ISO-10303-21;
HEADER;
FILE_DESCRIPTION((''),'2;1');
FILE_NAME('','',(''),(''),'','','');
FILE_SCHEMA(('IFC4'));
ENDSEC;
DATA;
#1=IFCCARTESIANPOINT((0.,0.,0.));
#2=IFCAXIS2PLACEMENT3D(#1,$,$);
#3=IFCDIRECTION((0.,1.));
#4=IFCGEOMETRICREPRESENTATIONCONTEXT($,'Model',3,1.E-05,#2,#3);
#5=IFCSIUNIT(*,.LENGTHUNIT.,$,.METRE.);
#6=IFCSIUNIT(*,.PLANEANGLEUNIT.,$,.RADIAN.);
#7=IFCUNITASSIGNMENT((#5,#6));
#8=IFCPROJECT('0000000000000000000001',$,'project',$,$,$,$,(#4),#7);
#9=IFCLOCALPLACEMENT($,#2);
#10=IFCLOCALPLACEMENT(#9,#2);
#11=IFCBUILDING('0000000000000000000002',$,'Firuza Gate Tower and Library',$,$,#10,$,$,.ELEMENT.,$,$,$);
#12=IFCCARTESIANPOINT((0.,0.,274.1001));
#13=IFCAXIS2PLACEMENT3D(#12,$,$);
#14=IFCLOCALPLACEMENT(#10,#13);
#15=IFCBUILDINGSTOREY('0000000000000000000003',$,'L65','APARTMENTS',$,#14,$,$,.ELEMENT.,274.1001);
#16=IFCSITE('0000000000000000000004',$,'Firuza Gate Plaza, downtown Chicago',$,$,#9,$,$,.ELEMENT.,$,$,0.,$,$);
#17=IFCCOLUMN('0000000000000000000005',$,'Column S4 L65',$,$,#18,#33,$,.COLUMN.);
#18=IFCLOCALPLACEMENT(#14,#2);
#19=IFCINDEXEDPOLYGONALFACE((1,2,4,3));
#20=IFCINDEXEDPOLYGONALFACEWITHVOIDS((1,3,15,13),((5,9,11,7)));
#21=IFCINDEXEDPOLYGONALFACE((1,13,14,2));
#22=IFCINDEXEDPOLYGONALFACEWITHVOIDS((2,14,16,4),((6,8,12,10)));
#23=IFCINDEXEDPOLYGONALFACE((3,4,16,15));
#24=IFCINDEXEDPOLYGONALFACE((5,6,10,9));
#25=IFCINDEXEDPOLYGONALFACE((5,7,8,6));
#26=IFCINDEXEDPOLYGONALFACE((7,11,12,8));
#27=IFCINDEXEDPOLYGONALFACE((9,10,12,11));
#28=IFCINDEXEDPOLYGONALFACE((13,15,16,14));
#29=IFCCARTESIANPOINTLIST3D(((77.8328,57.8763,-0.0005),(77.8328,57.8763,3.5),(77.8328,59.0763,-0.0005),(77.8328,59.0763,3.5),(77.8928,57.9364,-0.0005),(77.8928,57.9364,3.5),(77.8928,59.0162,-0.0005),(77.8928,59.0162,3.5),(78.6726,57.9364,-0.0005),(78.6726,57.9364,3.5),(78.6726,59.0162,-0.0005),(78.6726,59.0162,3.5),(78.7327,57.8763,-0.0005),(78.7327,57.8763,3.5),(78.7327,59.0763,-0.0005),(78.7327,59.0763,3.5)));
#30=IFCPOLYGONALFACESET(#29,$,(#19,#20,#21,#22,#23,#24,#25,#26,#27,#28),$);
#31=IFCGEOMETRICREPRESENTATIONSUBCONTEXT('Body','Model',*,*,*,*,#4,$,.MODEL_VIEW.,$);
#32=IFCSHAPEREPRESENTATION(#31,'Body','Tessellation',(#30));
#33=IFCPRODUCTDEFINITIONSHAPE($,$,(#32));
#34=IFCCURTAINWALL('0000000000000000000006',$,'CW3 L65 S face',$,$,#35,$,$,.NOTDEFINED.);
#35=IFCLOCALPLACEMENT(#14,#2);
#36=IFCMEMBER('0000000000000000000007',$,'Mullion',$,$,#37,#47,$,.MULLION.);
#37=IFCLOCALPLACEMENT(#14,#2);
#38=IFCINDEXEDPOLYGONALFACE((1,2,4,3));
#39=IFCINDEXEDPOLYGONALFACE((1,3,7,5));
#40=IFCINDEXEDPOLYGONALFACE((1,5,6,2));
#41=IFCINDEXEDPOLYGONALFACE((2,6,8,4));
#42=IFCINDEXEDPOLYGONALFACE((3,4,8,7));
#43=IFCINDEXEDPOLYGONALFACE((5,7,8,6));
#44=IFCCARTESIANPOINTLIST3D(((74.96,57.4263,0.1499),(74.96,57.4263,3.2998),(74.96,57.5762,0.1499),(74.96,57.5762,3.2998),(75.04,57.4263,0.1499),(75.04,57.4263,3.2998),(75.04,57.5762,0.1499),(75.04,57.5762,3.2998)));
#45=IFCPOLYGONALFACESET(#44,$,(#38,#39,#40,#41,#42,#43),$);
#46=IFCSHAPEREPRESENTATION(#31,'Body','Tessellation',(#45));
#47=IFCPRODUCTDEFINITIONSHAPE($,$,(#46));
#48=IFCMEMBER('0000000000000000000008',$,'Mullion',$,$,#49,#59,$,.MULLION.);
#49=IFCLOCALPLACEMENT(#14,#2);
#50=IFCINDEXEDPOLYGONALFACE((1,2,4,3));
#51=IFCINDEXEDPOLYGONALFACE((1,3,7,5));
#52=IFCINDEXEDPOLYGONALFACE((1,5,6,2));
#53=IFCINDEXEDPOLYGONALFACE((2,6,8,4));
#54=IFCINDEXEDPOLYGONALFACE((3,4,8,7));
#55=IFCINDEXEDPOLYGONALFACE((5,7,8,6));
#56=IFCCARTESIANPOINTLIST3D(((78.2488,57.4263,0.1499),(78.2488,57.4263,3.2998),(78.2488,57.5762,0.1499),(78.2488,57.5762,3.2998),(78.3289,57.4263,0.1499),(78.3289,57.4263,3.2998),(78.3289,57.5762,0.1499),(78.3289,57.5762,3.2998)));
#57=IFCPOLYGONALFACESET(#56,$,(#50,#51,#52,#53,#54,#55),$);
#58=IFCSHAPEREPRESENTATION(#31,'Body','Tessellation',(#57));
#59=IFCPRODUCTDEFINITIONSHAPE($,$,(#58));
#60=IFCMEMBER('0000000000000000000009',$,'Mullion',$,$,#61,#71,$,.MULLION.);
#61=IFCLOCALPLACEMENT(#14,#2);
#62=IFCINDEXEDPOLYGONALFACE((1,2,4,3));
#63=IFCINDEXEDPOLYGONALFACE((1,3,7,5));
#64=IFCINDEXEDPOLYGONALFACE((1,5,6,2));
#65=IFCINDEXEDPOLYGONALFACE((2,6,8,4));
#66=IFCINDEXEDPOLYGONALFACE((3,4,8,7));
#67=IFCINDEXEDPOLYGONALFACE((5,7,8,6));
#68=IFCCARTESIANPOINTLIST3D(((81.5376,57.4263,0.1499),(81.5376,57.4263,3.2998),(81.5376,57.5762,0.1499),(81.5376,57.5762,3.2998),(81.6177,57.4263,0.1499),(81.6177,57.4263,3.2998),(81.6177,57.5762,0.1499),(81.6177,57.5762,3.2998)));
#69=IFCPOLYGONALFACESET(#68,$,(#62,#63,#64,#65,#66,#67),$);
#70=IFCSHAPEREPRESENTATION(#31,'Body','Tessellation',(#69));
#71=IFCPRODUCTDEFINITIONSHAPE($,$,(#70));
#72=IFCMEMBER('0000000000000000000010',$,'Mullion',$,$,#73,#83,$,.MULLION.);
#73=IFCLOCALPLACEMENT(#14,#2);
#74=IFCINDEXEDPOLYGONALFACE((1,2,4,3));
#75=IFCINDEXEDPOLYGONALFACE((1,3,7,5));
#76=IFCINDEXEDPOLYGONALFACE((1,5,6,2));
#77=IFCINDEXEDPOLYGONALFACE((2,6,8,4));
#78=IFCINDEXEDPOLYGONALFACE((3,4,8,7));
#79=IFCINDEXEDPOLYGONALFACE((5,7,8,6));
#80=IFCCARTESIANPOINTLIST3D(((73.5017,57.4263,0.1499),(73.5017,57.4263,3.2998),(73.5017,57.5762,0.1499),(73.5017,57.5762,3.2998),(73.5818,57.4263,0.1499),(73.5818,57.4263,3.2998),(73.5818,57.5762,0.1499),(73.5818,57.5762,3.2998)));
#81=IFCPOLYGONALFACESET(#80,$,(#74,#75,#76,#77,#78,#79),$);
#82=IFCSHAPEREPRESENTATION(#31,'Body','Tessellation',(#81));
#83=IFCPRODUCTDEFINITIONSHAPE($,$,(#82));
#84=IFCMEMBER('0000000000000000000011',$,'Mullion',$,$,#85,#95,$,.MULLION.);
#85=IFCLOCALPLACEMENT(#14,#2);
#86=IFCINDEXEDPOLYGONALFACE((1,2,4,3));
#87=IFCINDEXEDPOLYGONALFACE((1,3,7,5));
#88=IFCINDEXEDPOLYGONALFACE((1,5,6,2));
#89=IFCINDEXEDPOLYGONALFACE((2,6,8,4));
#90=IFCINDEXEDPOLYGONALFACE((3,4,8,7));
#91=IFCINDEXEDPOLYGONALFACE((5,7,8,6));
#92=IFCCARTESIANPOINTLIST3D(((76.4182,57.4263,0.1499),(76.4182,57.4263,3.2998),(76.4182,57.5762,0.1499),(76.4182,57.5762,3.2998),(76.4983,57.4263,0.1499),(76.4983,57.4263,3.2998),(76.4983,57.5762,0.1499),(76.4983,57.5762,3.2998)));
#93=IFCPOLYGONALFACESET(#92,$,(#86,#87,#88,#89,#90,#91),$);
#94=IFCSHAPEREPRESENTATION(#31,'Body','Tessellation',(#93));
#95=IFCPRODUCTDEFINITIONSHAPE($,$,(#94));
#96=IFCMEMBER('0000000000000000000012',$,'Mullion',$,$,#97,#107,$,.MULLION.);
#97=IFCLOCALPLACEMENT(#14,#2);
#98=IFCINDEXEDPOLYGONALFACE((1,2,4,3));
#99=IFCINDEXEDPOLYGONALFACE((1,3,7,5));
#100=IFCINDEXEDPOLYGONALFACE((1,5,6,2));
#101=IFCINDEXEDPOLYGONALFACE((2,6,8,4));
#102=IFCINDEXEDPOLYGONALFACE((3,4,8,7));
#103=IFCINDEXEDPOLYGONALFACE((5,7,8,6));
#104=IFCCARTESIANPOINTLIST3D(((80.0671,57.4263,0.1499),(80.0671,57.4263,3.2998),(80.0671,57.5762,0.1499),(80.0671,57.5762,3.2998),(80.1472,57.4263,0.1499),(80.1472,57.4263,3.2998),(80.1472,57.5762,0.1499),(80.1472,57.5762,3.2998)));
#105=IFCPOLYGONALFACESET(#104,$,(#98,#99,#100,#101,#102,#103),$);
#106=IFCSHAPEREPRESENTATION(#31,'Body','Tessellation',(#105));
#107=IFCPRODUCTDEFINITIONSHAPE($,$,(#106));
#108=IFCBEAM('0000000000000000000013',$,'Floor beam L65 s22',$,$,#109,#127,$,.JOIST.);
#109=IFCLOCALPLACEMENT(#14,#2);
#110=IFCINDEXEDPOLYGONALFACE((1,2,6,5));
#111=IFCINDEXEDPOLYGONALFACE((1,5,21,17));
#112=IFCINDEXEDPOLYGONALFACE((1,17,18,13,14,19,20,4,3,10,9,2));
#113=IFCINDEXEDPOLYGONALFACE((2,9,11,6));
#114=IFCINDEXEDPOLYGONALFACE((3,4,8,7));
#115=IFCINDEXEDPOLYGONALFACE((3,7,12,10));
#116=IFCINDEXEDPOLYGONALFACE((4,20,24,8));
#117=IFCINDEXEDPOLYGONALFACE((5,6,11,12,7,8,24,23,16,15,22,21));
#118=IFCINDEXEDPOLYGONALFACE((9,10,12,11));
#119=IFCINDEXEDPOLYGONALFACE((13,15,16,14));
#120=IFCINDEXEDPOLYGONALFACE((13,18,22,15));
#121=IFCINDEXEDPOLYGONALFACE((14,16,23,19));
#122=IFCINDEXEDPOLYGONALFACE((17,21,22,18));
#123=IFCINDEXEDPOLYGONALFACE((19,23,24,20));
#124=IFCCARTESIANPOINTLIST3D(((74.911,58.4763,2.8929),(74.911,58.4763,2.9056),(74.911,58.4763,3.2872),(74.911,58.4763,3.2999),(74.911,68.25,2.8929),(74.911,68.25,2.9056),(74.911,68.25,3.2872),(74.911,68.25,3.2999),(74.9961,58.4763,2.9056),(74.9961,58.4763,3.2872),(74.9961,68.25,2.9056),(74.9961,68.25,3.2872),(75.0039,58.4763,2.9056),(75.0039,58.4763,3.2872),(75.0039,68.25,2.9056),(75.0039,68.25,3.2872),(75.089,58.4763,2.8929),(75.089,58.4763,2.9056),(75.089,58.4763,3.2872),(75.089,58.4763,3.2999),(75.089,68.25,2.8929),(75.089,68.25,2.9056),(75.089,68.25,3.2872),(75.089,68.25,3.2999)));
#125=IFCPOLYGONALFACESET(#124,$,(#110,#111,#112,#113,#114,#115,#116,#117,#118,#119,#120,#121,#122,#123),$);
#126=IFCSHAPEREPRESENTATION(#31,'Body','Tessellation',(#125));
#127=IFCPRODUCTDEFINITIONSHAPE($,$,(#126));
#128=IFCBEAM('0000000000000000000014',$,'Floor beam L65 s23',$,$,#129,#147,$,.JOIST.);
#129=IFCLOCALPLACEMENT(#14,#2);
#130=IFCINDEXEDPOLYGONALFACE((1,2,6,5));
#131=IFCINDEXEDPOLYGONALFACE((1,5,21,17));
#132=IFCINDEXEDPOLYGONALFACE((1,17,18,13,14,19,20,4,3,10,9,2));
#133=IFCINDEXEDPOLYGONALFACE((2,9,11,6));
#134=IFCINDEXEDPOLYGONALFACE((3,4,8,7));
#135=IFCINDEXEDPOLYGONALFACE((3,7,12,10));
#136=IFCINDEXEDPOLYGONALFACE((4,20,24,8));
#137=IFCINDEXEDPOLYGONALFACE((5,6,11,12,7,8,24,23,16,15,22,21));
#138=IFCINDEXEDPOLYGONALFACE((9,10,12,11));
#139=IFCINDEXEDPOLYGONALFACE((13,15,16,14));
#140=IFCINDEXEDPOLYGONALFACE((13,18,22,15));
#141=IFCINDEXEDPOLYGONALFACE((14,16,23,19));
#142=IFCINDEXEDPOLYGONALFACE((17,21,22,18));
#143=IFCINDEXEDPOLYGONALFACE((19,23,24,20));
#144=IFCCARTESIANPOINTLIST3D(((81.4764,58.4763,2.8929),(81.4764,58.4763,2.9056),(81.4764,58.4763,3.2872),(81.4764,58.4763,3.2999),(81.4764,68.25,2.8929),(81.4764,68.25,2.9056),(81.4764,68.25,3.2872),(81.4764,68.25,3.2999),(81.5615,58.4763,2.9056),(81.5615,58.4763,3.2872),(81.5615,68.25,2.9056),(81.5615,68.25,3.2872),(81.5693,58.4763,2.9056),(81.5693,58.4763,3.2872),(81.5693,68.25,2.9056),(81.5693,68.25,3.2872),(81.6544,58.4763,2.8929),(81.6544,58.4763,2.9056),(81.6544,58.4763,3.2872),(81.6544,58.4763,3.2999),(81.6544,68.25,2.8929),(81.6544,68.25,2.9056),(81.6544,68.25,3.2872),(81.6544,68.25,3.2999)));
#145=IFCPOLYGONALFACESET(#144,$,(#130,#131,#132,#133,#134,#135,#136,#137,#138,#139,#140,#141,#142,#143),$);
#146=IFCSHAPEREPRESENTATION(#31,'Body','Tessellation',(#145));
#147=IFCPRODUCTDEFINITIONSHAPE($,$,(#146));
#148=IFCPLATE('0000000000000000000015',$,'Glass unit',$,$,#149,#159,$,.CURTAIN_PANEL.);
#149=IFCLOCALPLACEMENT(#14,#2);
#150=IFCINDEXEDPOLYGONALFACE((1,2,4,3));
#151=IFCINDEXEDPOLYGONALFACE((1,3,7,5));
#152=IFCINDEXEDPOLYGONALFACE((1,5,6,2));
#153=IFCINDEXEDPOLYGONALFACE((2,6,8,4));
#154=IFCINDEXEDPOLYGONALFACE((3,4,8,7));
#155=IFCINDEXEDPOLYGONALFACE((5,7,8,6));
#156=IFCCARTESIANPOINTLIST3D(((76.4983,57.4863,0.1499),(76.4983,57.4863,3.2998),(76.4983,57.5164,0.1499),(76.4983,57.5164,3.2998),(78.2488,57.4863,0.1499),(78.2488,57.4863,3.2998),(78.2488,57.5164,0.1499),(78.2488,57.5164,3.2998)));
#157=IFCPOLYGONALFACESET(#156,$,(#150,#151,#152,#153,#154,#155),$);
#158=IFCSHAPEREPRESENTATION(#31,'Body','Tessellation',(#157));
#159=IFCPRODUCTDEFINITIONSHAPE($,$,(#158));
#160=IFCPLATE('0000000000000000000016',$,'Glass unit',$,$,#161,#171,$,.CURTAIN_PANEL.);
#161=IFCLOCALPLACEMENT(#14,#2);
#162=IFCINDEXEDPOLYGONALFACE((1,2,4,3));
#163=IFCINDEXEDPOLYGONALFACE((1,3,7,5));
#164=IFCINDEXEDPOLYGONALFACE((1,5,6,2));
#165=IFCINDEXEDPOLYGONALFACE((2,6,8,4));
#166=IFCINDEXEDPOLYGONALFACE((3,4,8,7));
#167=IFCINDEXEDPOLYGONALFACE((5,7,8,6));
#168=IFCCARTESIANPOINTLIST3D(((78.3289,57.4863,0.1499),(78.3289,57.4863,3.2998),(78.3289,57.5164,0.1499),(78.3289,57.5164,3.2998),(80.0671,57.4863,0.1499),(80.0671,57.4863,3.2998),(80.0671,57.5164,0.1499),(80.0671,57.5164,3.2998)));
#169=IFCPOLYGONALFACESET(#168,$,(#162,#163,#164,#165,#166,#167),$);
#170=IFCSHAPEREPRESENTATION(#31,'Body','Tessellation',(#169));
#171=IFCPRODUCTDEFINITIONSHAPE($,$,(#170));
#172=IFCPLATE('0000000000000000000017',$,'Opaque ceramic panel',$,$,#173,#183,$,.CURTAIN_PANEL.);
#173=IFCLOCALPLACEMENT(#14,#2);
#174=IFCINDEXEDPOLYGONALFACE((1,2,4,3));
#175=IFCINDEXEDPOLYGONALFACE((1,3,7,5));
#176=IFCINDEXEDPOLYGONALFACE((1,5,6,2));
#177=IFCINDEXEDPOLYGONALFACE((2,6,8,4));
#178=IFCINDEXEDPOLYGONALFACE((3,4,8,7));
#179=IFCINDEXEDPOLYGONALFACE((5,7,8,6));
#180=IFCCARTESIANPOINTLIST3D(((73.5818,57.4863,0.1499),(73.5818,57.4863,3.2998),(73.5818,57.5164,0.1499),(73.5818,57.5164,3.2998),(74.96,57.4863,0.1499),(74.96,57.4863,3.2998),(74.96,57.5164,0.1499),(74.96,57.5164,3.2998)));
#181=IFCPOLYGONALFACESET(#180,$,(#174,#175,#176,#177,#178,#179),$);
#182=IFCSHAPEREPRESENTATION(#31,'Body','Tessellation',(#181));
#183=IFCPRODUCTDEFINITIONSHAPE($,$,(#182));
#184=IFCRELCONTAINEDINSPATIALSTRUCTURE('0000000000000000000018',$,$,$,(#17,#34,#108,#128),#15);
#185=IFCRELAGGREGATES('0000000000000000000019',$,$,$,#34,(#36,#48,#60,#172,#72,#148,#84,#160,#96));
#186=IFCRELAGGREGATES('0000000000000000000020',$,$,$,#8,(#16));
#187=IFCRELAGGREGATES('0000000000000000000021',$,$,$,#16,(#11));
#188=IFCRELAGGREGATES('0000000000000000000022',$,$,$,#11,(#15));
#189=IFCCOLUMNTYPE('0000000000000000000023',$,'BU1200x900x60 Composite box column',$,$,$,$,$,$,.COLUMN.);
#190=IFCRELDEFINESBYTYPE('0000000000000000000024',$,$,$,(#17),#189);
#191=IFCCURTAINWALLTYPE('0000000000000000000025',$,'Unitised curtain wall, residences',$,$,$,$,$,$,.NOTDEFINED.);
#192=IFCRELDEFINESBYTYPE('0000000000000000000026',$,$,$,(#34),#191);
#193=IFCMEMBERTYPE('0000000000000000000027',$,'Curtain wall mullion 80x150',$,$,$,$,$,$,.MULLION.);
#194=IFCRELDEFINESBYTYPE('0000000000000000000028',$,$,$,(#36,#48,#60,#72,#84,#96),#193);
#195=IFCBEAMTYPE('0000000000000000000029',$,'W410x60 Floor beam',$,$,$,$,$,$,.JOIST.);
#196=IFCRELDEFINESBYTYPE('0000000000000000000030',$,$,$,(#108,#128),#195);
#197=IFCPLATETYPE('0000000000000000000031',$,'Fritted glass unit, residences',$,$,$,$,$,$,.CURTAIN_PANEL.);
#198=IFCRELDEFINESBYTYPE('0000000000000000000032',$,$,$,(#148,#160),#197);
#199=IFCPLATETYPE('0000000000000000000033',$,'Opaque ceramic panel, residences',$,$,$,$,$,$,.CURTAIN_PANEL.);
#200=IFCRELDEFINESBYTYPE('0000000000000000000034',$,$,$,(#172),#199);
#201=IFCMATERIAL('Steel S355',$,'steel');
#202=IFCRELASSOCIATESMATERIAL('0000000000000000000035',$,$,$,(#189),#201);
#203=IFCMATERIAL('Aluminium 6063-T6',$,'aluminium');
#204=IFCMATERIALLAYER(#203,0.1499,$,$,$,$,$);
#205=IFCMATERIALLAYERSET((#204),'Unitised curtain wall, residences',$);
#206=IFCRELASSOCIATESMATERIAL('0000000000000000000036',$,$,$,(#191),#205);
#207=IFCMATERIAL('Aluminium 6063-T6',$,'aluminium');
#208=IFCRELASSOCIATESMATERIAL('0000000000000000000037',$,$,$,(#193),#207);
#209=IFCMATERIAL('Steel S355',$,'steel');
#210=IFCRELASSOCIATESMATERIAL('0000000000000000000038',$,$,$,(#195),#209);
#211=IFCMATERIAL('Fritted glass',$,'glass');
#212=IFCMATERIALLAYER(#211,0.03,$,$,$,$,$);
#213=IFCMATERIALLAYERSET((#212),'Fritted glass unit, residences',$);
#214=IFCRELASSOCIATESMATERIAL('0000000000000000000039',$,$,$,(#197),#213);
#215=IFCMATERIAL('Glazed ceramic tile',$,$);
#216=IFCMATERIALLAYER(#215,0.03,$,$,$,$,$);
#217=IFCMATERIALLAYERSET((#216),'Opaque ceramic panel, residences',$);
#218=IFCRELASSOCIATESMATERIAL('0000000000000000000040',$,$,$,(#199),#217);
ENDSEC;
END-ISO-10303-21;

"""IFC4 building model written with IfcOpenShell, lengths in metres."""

from ifc_helpers import new_model, si_unit, direction, frame, origin, origin_2d, place, context, subcontext, project, spatial, polyline, rectangle, hollow_rectangle, i_section, outline, extrude, material, layer, layer_set, material_profile, profile_set, type_object, element, aggregate, save


model = new_model("IFC4")

# Units and contexts
model_context = context("Model", 3, precision=1e-05, world=origin(), true_north=direction((0.0, 1.0)))
body_context = subcontext(model_context, "Body", "Model", "MODEL_VIEW")
ifc_project = project(units=[si_unit("LENGTHUNIT", "METRE"), si_unit("PLANEANGLEUNIT", "RADIAN")], contexts=[model_context])

# Site, building, storey
site_placement = place(None, origin())
site = spatial("IfcSite", under=ifc_project, at=site_placement, Name="Firuza Gate Plaza, downtown Chicago", CompositionType="ELEMENT", RefElevation=0.0)
building_placement = place(site_placement, origin())
building = spatial("IfcBuilding", under=site, at=building_placement, Name="Firuza Gate Tower and Library", CompositionType="ELEMENT")
storey_placement = place(building_placement, frame((0.0, 0.0, 274.1001)))
storey = spatial("IfcBuildingStorey", under=building, at=storey_placement, Name="L65", Description="APARTMENTS", CompositionType="ELEMENT", Elevation=274.1001)

# Column
ifc_material_1 = material(Name="Steel S355", Category="steel")
ifc_material_profile_1 = material_profile(ifc_material_1, hollow_rectangle(XDim=0.8999, YDim=1.2, WallThickness=0.0601, at=origin_2d()))
ifc_profile_set_1 = profile_set([ifc_material_profile_1], Name="Steel S355")
column_type = type_object("IfcColumnType", Name="BU1200x900x60 Composite box column", PredefinedType="COLUMN", material=ifc_profile_set_1)
column_placement = place(storey_placement, frame((78.2827, 58.4763, -0.0005), z_axis=(0.0, 0.0, 1.0), x_axis=(1.0, 0.0, 0.0)))
element("IfcColumn", 1, at=column_placement, inside=storey, type_object=column_type, Name="Column S4 L65", PredefinedType="COLUMN", context=body_context, shape_type="SweptSolid", body=[
    extrude(hollow_rectangle(XDim=0.8999, YDim=1.2, WallThickness=0.0601, at=origin_2d()), origin(), (0.0, 0.0, 1.0), 3.5005),
])

# Curtain wall, members
ifc_material_2 = material(Name="Aluminium 6063-T6", Category="aluminium")
ifc_layer_1 = layer(ifc_material_2, 0.1499)
ifc_layer_set_1 = layer_set([ifc_layer_1], Name="Unitised curtain wall, residences")
curtain_wall_type = type_object("IfcCurtainWallType", Name="Unitised curtain wall, residences", PredefinedType="NOTDEFINED", material=ifc_layer_set_1)
curtain_wall_placement = place(storey_placement, origin())
curtain_wall = element("IfcCurtainWall", 2, at=curtain_wall_placement, inside=storey, type_object=curtain_wall_type, Name="CW3 L65 S face", PredefinedType="NOTDEFINED")
ifc_material_3 = material(Name="Aluminium 6063-T6", Category="aluminium")
ifc_material_profile_2 = material_profile(ifc_material_3, rectangle(XDim=0.1499, YDim=0.0801, at=origin_2d()))
ifc_profile_set_2 = profile_set([ifc_material_profile_2], Name="Aluminium 6063-T6")
member_type = type_object("IfcMemberType", Name="Curtain wall mullion 80x150", PredefinedType="MULLION", material=ifc_profile_set_2)
member_1_placement = place(storey_placement, frame((75.0, 57.5012, 0.1499), z_axis=(0.0, 0.0, 1.0), x_axis=(0.0, 1.0, 0.0)))
member_1 = element("IfcMember", 3, at=member_1_placement, type_object=member_type, Name="Mullion", PredefinedType="MULLION", context=body_context, shape_type="SweptSolid", body=[
    extrude(rectangle(XDim=0.1499, YDim=0.0801, at=origin_2d()), origin(), (0.0, 0.0, 1.0), 3.1499),
])
member_2_placement = place(storey_placement, frame((78.2888, 57.5012, 0.1499), z_axis=(0.0, 0.0, 1.0), x_axis=(0.0, 1.0, 0.0)))
member_2 = element("IfcMember", 4, at=member_2_placement, type_object=member_type, Name="Mullion", PredefinedType="MULLION", context=body_context, shape_type="SweptSolid", body=[
    extrude(rectangle(XDim=0.1499, YDim=0.0801, at=origin_2d()), origin(), (0.0, 0.0, 1.0), 3.1499),
])
member_3_placement = place(storey_placement, frame((81.5776, 57.5012, 0.1499), z_axis=(0.0, 0.0, 1.0), x_axis=(0.0, 1.0, 0.0)))
member_3 = element("IfcMember", 5, at=member_3_placement, type_object=member_type, Name="Mullion", PredefinedType="MULLION", context=body_context, shape_type="SweptSolid", body=[
    extrude(rectangle(XDim=0.1499, YDim=0.0801, at=origin_2d()), origin(), (0.0, 0.0, 1.0), 3.1499),
])
member_4_placement = place(storey_placement, frame((73.5417, 57.5012, 0.1499), z_axis=(0.0, 0.0, 1.0), x_axis=(0.0, 1.0, 0.0)))
member_4 = element("IfcMember", 6, at=member_4_placement, type_object=member_type, Name="Mullion", PredefinedType="MULLION", context=body_context, shape_type="SweptSolid", body=[
    extrude(rectangle(XDim=0.1499, YDim=0.0801, at=origin_2d()), origin(), (0.0, 0.0, 1.0), 3.1499),
])
member_5_placement = place(storey_placement, frame((76.4583, 57.5012, 0.1499), z_axis=(0.0, 0.0, 1.0), x_axis=(0.0, 1.0, 0.0)))
member_5 = element("IfcMember", 7, at=member_5_placement, type_object=member_type, Name="Mullion", PredefinedType="MULLION", context=body_context, shape_type="SweptSolid", body=[
    extrude(rectangle(XDim=0.1499, YDim=0.0801, at=origin_2d()), origin(), (0.0, 0.0, 1.0), 3.1499),
])
member_6_placement = place(storey_placement, frame((80.1072, 57.5012, 0.1499), z_axis=(0.0, 0.0, 1.0), x_axis=(0.0, 1.0, 0.0)))
member_6 = element("IfcMember", 8, at=member_6_placement, type_object=member_type, Name="Mullion", PredefinedType="MULLION", context=body_context, shape_type="SweptSolid", body=[
    extrude(rectangle(XDim=0.1499, YDim=0.0801, at=origin_2d()), origin(), (0.0, 0.0, 1.0), 3.1499),
])

# Beams
ifc_material_4 = material(Name="Steel S355", Category="steel")
ifc_material_profile_3 = material_profile(ifc_material_4, i_section(OverallWidth=0.178, OverallDepth=0.407, WebThickness=0.0078, FlangeThickness=0.0127, at=origin_2d()))
ifc_profile_set_3 = profile_set([ifc_material_profile_3], Name="Steel S355")
beam_type = type_object("IfcBeamType", Name="W410x60 Floor beam", PredefinedType="JOIST", material=ifc_profile_set_3)
for number, where, z_axis, x_axis, name in (
    (9, (75.0, 58.4763, 3.0964), (0.0, 1.0, 0.0), (-1.0, 0.0, 0.0), "Floor beam L65 s22"),
    (10, (81.5654, 58.4763, 3.0964), (0.0, 1.0, 0.0), (-1.0, 0.0, 0.0), "Floor beam L65 s23"),
):
    element("IfcBeam", number, at=place(storey_placement, frame(where, z_axis=z_axis, x_axis=x_axis)), inside=storey, type_object=beam_type, Name=name, PredefinedType="JOIST", context=body_context, shape_type="SweptSolid", body=[
        extrude(i_section(OverallWidth=0.178, OverallDepth=0.407, WebThickness=0.0078, FlangeThickness=0.0127, at=origin_2d()), origin(), (0.0, 0.0, 1.0), 9.7737),
    ])

# Plates
ifc_material_5 = material(Name="Fritted glass", Category="glass")
ifc_layer_2 = layer(ifc_material_5, 0.03)
ifc_layer_set_2 = layer_set([ifc_layer_2], Name="Fritted glass unit, residences")
plate_type_1 = type_object("IfcPlateType", Name="Fritted glass unit, residences", PredefinedType="CURTAIN_PANEL", material=ifc_layer_set_2)
plate_1_placement = place(storey_placement, frame((76.4983, 57.4863, 0.1499), z_axis=(0.0, -1.0, 0.0), x_axis=(1.0, 0.0, 0.0)))
plate_1 = element("IfcPlate", 11, at=plate_1_placement, type_object=plate_type_1, Name="Glass unit", PredefinedType="CURTAIN_PANEL", context=body_context, shape_type="SweptSolid", body=[
    extrude(outline(polyline([(0.0, 0.0), (1.7505, 0.0), (1.7505, 3.1499), (0.0, 3.1499), (0.0, 0.0)])), origin(), (0.0, 0.0, -1.0), 0.03),
])
plate_2_placement = place(storey_placement, frame((78.3289, 57.4863, 0.1499), z_axis=(0.0, -1.0, 0.0), x_axis=(1.0, 0.0, 0.0)))
plate_2 = element("IfcPlate", 12, at=plate_2_placement, type_object=plate_type_1, Name="Glass unit", PredefinedType="CURTAIN_PANEL", context=body_context, shape_type="SweptSolid", body=[
    extrude(outline(polyline([(0.0, 0.0), (1.7383, 0.0), (1.7383, 3.1499), (0.0, 3.1499), (0.0, 0.0)])), origin(), (0.0, 0.0, -1.0), 0.03),
])
ifc_material_6 = material(Name="Glazed ceramic tile")
ifc_layer_3 = layer(ifc_material_6, 0.03)
ifc_layer_set_3 = layer_set([ifc_layer_3], Name="Opaque ceramic panel, residences")
plate_type_2 = type_object("IfcPlateType", Name="Opaque ceramic panel, residences", PredefinedType="CURTAIN_PANEL", material=ifc_layer_set_3)
plate_3_placement = place(storey_placement, frame((73.5818, 57.4863, 0.1499), z_axis=(0.0, -1.0, 0.0), x_axis=(1.0, 0.0, 0.0)))
plate_3 = element("IfcPlate", 13, at=plate_3_placement, type_object=plate_type_2, Name="Opaque ceramic panel", PredefinedType="CURTAIN_PANEL", context=body_context, shape_type="SweptSolid", body=[
    extrude(outline(polyline([(0.0, 0.0), (1.3782, 0.0), (1.3782, 3.1499), (0.0, 3.1499), (0.0, 0.0)])), origin(), (0.0, 0.0, -1.0), 0.03),
])
aggregate(curtain_wall, [member_1, member_2, member_3, plate_3, member_4, plate_1, member_5, plate_2, member_6])

save(model, "model.ifc")
